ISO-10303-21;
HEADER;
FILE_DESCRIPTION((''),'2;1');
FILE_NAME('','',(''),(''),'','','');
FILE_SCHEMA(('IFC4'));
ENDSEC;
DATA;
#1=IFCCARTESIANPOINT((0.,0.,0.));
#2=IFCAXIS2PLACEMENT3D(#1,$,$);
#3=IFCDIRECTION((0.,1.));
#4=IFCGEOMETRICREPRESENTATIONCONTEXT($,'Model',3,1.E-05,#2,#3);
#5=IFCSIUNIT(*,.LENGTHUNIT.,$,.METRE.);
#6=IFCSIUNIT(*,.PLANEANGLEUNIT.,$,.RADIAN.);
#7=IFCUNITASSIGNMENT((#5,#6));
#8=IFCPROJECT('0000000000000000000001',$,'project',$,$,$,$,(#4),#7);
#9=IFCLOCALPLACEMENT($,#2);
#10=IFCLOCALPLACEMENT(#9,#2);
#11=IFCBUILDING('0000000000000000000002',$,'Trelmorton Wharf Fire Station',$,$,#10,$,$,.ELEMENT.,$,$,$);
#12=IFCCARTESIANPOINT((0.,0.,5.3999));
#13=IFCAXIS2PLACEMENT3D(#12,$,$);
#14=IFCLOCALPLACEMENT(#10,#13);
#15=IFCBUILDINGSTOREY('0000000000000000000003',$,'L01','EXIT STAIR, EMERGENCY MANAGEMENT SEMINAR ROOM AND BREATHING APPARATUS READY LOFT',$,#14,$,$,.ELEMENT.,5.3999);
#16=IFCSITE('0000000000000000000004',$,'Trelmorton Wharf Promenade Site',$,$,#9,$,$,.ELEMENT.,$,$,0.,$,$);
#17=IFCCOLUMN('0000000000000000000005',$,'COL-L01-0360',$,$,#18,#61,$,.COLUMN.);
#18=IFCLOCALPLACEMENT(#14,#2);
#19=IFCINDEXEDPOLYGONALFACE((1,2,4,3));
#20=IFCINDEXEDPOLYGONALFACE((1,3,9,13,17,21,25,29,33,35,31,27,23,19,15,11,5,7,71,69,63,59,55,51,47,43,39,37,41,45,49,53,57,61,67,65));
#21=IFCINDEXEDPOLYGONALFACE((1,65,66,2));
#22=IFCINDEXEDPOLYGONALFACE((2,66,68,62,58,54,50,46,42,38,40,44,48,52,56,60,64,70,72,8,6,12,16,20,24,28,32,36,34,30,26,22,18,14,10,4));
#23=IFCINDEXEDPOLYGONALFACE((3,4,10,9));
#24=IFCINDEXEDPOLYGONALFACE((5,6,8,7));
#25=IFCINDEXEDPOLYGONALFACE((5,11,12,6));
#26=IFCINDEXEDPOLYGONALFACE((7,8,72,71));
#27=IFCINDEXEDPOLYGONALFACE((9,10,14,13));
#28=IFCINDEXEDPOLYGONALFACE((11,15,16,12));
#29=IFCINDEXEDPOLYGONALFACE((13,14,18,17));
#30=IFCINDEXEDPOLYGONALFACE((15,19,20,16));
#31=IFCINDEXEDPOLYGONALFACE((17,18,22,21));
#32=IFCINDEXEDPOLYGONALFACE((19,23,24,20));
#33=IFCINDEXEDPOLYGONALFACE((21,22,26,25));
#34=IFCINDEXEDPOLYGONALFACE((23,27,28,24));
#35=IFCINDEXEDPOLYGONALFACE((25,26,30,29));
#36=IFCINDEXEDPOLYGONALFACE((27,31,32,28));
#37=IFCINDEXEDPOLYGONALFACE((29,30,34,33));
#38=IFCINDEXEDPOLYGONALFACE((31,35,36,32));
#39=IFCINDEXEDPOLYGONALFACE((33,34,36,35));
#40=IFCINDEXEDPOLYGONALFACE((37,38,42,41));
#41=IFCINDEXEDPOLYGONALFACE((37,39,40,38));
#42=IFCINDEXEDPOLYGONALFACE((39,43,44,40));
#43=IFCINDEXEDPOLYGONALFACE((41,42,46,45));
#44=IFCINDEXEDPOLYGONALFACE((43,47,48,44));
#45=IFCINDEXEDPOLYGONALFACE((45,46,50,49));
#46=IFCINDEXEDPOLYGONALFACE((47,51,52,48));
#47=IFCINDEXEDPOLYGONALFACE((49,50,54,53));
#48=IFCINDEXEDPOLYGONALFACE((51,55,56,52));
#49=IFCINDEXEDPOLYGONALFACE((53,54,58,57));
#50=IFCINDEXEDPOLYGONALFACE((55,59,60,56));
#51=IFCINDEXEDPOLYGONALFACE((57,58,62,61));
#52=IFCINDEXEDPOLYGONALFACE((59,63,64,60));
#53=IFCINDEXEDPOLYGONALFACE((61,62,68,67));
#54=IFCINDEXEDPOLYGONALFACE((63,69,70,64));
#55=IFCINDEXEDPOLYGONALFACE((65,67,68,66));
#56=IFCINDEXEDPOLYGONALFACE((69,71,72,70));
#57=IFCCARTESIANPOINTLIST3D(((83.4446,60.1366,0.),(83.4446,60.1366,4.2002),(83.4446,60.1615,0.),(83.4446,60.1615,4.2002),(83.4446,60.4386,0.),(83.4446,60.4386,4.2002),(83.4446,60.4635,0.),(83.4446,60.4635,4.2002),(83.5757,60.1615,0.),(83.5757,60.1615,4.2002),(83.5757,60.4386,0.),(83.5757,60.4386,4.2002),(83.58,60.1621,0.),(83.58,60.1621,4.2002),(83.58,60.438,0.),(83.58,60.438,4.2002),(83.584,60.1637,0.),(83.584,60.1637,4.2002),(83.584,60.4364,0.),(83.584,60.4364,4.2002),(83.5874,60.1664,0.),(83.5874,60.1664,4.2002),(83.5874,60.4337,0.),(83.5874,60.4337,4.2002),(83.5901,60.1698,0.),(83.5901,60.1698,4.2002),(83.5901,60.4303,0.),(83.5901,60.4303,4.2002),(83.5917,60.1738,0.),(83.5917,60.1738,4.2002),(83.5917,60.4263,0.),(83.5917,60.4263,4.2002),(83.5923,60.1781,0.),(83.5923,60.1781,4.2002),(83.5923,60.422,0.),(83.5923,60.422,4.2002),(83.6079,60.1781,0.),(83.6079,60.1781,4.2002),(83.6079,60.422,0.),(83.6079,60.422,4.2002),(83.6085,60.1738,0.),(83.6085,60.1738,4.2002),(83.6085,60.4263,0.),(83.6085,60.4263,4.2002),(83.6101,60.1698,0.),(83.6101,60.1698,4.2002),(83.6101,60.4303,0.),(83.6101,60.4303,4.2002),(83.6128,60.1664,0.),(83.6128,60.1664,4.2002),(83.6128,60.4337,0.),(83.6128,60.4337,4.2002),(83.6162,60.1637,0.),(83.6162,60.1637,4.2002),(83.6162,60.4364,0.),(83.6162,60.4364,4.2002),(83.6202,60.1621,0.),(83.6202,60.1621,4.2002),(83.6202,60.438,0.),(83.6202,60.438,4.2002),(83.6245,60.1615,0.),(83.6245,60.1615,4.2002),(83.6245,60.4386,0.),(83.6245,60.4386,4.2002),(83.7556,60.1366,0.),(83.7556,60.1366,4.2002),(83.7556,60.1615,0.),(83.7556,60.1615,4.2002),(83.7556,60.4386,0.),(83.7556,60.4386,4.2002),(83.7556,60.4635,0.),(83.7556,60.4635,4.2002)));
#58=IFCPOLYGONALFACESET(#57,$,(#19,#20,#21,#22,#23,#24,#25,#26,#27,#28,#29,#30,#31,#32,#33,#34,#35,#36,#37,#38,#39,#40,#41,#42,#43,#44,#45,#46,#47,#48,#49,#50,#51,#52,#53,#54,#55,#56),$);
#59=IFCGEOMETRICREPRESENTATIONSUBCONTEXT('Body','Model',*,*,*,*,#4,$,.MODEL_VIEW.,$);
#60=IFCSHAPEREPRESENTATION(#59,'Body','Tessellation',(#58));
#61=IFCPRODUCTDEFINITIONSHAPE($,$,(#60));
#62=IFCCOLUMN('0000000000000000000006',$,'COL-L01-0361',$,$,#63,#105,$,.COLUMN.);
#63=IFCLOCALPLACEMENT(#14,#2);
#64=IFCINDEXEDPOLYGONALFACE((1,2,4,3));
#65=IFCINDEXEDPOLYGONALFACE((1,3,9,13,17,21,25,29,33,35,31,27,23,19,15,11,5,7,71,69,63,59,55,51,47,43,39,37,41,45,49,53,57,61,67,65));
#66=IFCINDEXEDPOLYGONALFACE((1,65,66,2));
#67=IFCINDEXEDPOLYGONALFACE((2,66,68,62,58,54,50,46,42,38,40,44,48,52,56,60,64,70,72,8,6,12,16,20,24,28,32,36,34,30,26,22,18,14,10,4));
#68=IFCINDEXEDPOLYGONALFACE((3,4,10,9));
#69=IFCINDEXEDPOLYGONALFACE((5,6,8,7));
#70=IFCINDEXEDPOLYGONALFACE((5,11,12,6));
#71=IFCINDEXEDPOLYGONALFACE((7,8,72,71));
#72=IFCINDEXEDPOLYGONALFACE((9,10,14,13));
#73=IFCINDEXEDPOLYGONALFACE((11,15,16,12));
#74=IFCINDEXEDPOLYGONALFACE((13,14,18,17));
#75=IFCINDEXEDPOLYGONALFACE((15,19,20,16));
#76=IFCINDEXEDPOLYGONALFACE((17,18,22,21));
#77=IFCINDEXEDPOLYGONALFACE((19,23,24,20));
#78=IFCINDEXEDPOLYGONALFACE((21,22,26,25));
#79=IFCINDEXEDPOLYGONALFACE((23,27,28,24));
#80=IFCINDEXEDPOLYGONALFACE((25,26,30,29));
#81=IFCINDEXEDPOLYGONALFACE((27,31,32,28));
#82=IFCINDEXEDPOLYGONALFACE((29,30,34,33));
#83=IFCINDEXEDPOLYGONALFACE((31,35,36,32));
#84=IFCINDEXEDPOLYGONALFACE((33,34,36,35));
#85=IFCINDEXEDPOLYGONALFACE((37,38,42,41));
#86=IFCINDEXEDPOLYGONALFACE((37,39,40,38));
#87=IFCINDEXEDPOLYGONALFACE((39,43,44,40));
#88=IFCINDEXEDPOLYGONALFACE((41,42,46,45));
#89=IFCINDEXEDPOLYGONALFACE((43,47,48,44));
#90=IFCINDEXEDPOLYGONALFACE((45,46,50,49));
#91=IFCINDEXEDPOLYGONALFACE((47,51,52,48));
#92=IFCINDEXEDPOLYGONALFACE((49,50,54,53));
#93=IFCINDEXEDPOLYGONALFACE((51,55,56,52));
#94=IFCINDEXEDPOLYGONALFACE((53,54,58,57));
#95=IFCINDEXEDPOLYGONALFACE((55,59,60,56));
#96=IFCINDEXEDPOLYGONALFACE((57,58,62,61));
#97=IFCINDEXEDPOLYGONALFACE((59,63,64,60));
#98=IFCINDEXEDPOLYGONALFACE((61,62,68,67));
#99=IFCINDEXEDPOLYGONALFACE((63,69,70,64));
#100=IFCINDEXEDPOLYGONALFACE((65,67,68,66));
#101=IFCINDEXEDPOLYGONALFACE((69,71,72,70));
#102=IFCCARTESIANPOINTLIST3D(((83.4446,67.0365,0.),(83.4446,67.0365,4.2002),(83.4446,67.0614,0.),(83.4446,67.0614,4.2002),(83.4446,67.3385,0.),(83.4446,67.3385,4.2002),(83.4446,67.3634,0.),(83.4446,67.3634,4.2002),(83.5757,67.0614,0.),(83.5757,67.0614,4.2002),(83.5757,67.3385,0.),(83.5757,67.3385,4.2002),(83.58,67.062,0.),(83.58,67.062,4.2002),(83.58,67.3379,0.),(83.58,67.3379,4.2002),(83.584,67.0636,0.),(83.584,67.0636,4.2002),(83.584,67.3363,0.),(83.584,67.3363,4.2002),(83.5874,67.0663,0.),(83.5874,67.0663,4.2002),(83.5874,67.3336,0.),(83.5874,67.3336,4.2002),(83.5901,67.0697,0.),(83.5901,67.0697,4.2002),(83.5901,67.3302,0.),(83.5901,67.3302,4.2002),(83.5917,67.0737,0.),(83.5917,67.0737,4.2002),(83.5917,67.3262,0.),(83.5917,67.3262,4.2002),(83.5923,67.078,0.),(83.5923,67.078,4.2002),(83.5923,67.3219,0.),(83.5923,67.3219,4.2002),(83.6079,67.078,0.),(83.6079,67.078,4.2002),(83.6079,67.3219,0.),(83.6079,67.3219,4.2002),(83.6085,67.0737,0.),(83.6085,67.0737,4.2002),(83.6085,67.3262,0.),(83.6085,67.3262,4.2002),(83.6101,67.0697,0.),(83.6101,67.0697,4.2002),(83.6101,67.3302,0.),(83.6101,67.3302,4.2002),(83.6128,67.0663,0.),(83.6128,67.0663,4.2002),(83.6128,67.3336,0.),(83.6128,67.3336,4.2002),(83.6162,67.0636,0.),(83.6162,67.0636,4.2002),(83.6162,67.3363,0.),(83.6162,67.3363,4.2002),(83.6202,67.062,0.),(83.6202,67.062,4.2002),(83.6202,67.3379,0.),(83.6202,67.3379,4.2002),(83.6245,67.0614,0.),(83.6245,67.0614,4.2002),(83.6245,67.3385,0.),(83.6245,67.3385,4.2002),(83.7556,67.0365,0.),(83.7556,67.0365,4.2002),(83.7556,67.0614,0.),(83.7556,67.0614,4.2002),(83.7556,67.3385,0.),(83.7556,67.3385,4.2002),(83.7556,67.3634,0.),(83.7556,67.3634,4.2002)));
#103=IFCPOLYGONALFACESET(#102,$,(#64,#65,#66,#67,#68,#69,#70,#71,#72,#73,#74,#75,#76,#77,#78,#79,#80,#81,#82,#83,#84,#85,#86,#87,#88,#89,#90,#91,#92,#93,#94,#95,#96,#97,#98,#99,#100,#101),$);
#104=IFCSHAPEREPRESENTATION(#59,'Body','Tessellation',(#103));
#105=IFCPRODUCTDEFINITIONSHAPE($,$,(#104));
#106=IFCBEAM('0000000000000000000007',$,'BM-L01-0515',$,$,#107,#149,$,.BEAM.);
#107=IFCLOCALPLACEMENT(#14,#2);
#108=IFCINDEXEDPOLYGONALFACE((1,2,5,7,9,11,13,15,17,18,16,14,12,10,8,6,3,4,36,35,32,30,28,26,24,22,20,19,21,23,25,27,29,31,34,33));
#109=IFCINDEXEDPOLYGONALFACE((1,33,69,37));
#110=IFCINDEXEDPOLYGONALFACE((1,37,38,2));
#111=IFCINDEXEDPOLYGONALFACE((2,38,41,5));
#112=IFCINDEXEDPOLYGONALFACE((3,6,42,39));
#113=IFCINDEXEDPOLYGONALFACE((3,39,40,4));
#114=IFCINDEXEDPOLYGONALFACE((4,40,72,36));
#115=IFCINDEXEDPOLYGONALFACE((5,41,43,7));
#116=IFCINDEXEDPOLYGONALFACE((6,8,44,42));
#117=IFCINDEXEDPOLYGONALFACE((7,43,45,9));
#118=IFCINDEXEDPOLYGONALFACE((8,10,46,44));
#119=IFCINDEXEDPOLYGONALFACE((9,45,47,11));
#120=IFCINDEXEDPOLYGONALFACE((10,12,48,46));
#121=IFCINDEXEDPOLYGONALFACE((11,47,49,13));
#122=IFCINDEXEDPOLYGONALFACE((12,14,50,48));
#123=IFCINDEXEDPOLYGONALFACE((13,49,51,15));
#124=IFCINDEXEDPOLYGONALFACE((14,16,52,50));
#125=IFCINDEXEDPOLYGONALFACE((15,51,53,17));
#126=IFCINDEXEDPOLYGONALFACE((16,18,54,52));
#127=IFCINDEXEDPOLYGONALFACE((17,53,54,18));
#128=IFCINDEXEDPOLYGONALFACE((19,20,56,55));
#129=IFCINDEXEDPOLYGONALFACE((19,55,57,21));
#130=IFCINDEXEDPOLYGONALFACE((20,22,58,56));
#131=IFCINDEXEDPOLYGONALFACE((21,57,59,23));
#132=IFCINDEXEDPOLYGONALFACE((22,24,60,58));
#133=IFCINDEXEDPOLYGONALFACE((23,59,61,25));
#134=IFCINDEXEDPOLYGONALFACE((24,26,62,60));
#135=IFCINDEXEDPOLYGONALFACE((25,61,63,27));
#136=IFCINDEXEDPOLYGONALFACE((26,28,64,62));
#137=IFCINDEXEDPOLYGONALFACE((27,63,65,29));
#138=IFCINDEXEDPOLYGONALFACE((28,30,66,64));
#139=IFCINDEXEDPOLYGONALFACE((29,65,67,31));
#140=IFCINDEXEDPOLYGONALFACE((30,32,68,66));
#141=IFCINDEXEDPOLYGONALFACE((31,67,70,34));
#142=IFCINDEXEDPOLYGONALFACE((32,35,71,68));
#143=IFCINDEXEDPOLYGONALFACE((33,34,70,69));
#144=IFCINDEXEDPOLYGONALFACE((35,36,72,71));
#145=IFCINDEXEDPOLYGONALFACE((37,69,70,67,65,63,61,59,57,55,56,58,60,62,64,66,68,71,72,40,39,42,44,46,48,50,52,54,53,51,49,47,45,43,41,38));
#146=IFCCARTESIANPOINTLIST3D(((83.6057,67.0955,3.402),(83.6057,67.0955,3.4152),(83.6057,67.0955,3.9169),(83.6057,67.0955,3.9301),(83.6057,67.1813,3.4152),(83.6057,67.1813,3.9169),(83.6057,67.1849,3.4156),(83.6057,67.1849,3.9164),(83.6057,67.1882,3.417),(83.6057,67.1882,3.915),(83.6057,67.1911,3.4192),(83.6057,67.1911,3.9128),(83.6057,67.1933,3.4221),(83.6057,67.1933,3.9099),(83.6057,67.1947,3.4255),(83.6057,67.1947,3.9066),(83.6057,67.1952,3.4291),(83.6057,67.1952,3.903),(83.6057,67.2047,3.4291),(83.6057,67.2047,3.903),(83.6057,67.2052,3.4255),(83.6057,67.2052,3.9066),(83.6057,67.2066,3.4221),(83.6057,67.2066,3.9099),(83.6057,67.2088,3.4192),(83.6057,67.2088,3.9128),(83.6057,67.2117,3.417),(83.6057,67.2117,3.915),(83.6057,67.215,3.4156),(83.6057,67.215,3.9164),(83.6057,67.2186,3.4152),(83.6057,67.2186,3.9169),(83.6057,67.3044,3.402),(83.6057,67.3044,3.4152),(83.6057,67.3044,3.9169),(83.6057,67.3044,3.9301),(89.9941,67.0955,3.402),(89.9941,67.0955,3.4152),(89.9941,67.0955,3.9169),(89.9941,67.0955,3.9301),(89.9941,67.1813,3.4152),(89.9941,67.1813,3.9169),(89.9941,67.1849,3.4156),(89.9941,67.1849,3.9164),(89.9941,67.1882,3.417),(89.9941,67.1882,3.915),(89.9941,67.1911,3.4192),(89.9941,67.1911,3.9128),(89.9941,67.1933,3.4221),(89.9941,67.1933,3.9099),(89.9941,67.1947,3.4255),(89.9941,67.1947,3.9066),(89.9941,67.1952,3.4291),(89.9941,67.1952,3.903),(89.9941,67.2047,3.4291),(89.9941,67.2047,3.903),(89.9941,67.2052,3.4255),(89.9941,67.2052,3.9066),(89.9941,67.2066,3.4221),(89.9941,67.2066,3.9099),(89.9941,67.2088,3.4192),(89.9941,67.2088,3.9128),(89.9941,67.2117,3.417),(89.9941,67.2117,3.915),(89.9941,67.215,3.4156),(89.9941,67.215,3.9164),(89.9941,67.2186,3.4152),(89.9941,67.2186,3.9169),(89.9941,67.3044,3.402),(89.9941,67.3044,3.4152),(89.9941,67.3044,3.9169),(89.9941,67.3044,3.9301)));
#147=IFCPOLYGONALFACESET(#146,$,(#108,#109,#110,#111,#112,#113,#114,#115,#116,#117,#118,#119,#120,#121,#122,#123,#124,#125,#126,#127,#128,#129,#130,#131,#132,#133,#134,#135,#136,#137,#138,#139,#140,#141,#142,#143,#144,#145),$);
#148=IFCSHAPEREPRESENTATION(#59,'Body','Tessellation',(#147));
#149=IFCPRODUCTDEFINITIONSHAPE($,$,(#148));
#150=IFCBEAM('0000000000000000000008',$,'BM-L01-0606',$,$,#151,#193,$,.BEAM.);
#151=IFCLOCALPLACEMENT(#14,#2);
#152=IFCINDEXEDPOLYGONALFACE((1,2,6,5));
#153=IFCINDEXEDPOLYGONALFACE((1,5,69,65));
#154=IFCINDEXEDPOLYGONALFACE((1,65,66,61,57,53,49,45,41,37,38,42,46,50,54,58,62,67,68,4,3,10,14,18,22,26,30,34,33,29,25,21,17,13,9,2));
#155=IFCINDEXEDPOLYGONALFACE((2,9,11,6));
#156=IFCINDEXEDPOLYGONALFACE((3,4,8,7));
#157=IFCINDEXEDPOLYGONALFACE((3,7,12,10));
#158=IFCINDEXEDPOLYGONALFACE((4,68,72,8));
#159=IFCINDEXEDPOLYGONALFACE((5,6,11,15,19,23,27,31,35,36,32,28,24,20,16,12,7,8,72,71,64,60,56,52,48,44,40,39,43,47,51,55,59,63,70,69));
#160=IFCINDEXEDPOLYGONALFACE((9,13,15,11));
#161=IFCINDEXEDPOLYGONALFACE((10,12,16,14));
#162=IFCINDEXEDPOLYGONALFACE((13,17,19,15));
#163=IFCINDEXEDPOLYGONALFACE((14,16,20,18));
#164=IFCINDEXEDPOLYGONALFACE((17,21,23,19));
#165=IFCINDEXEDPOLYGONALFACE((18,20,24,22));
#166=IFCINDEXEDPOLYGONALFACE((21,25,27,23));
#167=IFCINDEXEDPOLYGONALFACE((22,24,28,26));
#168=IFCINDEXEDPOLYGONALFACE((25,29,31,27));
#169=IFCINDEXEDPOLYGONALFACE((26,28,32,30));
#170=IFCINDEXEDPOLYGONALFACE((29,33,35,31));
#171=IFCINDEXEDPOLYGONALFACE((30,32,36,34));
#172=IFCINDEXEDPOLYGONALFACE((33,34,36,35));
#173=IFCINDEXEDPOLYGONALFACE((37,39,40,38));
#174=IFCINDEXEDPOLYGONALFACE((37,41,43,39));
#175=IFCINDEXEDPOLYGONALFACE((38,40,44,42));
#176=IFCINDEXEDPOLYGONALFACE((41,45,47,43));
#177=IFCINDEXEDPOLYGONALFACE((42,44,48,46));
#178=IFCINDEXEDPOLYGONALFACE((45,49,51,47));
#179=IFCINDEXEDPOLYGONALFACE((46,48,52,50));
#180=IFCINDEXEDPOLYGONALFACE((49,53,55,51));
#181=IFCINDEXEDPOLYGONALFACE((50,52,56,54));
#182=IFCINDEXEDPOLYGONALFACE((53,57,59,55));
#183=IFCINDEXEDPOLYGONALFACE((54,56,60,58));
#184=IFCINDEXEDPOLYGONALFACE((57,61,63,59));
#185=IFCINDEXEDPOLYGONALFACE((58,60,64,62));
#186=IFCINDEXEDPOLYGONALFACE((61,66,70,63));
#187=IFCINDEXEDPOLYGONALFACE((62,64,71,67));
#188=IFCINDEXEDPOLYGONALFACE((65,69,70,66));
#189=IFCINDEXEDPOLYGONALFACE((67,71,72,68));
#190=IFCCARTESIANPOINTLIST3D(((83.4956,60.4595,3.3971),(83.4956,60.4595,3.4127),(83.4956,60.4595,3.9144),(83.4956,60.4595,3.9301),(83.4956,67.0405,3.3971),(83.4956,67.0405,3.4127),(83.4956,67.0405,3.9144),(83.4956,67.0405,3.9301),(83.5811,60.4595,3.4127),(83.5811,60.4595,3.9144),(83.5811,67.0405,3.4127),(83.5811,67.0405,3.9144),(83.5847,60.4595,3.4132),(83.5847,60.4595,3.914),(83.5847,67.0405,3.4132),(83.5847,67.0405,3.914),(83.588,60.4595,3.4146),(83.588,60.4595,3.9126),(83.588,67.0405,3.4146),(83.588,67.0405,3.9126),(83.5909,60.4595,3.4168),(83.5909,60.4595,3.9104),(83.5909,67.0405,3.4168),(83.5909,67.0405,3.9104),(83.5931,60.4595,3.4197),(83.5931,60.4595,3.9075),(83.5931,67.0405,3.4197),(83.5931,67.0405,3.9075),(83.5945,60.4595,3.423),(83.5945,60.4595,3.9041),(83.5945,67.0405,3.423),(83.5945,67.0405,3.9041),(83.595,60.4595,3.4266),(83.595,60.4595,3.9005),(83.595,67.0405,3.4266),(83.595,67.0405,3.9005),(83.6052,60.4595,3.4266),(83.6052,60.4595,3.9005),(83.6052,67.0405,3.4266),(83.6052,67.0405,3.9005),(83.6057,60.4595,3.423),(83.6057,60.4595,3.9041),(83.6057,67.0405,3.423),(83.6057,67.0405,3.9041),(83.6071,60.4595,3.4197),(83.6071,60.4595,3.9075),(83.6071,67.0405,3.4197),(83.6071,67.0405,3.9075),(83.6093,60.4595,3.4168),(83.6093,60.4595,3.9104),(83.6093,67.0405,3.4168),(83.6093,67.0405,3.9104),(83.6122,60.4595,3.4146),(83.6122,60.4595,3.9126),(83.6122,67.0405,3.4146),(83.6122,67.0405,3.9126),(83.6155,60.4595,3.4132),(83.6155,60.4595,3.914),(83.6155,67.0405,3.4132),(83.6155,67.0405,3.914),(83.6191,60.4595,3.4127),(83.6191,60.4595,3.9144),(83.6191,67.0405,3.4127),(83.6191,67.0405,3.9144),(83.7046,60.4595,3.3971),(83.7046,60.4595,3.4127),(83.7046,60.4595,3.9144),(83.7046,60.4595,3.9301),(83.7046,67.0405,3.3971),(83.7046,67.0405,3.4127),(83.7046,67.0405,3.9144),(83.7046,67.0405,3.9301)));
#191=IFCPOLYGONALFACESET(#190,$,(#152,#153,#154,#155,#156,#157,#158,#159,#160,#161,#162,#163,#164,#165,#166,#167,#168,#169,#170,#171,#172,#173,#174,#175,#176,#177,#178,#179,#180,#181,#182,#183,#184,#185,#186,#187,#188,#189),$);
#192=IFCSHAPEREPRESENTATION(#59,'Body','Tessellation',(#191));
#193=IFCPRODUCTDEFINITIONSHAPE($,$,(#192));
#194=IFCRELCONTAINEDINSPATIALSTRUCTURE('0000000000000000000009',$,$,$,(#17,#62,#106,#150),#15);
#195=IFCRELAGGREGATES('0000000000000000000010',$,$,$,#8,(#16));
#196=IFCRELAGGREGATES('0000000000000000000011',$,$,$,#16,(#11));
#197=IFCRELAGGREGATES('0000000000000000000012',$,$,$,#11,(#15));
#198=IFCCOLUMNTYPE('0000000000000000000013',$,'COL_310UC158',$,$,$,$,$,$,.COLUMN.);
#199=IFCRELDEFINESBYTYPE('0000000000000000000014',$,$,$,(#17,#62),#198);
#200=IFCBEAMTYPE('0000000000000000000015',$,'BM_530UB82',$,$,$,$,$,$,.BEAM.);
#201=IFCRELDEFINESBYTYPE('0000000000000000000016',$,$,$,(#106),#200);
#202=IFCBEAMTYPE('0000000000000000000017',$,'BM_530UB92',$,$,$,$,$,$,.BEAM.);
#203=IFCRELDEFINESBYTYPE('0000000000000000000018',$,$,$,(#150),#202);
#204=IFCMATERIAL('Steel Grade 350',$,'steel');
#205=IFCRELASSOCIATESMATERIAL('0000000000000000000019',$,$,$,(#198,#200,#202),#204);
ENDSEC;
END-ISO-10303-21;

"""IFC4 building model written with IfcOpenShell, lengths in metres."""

from ifc_helpers import new_model, si_unit, direction, frame, origin, origin_2d, place, context, subcontext, project, spatial, i_section, extrude, material, material_profile, profile_set, type_object, element, save


model = new_model("IFC4")

# Units and contexts
model_context = context("Model", 3, precision=1e-05, world=origin(), true_north=direction((0.0, 1.0)))
body_context = subcontext(model_context, "Body", "Model", "MODEL_VIEW")
ifc_project = project(units=[si_unit("LENGTHUNIT", "METRE"), si_unit("PLANEANGLEUNIT", "RADIAN")], contexts=[model_context])

# Site, building, storey
site_placement = place(None, origin())
site = spatial("IfcSite", under=ifc_project, at=site_placement, Name="Trelmorton Wharf Promenade Site", CompositionType="ELEMENT", RefElevation=0.0)
building_placement = place(site_placement, origin())
building = spatial("IfcBuilding", under=site, at=building_placement, Name="Trelmorton Wharf Fire Station", CompositionType="ELEMENT")
storey_placement = place(building_placement, frame((0.0, 0.0, 5.3999)))
storey = spatial("IfcBuildingStorey", under=building, at=storey_placement, Name="L01", Description="EXIT STAIR, EMERGENCY MANAGEMENT SEMINAR ROOM AND BREATHING APPARATUS READY LOFT", CompositionType="ELEMENT", Elevation=5.3999)

# Columns
ifc_material_1 = material(Name="Steel Grade 350", Category="steel")
ifc_material_profile_1 = material_profile(ifc_material_1, i_section(OverallWidth=0.311, OverallDepth=0.3269, WebThickness=0.0156, FlangeThickness=0.0249, FilletRadius=0.0166, at=origin_2d()), Name="310UC158")
ifc_profile_set_1 = profile_set([ifc_material_profile_1], Name="Steel Grade 350")
column_type = type_object("IfcColumnType", Name="COL_310UC158", PredefinedType="COLUMN", material=ifc_profile_set_1)
for number, where, z_axis, x_axis, name in (
    (1, (83.6001, 60.3, 0.0), (0.0, 0.0, 1.0), (1.0, 0.0, 0.0), "COL-L01-0360"),
    (2, (83.6001, 67.2, 0.0), (0.0, 0.0, 1.0), (1.0, 0.0, 0.0), "COL-L01-0361"),
):
    element("IfcColumn", number, at=place(storey_placement, frame(where, z_axis=z_axis, x_axis=x_axis)), inside=storey, type_object=column_type, Name=name, PredefinedType="COLUMN", context=body_context, shape_type="SweptSolid", body=[
        extrude(i_section(OverallWidth=0.311, OverallDepth=0.3269, WebThickness=0.0156, FlangeThickness=0.0249, FilletRadius=0.0166, at=origin_2d()), origin(), (0.0, 0.0, 1.0), 4.2002),
    ])

# Beams
ifc_material_profile_2 = material_profile(ifc_material_1, i_section(OverallWidth=0.209, OverallDepth=0.5281, WebThickness=0.0095, FlangeThickness=0.0132, FilletRadius=0.0139, at=origin_2d()), Name="530UB82.0")
ifc_profile_set_2 = profile_set([ifc_material_profile_2], Name="Steel Grade 350")
beam_type_1 = type_object("IfcBeamType", Name="BM_530UB82", PredefinedType="BEAM", material=ifc_profile_set_2)
beam_1_placement = place(storey_placement, frame((83.6057, 67.2, 3.666), z_axis=(1.0, 0.0, 0.0), x_axis=(0.0, 1.0, 0.0)))
element("IfcBeam", 3, at=beam_1_placement, inside=storey, type_object=beam_type_1, Name="BM-L01-0515", PredefinedType="BEAM", context=body_context, shape_type="SweptSolid", body=[
    extrude(i_section(OverallWidth=0.209, OverallDepth=0.5281, WebThickness=0.0095, FlangeThickness=0.0132, FilletRadius=0.0139, at=origin_2d()), origin(), (0.0, 0.0, 1.0), 6.3884),
])
ifc_material_profile_3 = material_profile(ifc_material_1, i_section(OverallWidth=0.209, OverallDepth=0.533, WebThickness=0.0103, FlangeThickness=0.0156, FilletRadius=0.0139, at=origin_2d()), Name="530UB92.4")
ifc_profile_set_3 = profile_set([ifc_material_profile_3], Name="Steel Grade 350")
beam_type_2 = type_object("IfcBeamType", Name="BM_530UB92", PredefinedType="BEAM", material=ifc_profile_set_3)
beam_2_placement = place(storey_placement, frame((83.6001, 60.4595, 3.6636), z_axis=(0.0, 1.0, 0.0), x_axis=(-1.0, 0.0, 0.0)))
element("IfcBeam", 4, at=beam_2_placement, inside=storey, type_object=beam_type_2, Name="BM-L01-0606", PredefinedType="BEAM", context=body_context, shape_type="SweptSolid", body=[
    extrude(i_section(OverallWidth=0.209, OverallDepth=0.533, WebThickness=0.0103, FlangeThickness=0.0156, FilletRadius=0.0139, at=origin_2d()), origin(), (0.0, 0.0, 1.0), 6.5811),
])

save(model, "model.ifc")
